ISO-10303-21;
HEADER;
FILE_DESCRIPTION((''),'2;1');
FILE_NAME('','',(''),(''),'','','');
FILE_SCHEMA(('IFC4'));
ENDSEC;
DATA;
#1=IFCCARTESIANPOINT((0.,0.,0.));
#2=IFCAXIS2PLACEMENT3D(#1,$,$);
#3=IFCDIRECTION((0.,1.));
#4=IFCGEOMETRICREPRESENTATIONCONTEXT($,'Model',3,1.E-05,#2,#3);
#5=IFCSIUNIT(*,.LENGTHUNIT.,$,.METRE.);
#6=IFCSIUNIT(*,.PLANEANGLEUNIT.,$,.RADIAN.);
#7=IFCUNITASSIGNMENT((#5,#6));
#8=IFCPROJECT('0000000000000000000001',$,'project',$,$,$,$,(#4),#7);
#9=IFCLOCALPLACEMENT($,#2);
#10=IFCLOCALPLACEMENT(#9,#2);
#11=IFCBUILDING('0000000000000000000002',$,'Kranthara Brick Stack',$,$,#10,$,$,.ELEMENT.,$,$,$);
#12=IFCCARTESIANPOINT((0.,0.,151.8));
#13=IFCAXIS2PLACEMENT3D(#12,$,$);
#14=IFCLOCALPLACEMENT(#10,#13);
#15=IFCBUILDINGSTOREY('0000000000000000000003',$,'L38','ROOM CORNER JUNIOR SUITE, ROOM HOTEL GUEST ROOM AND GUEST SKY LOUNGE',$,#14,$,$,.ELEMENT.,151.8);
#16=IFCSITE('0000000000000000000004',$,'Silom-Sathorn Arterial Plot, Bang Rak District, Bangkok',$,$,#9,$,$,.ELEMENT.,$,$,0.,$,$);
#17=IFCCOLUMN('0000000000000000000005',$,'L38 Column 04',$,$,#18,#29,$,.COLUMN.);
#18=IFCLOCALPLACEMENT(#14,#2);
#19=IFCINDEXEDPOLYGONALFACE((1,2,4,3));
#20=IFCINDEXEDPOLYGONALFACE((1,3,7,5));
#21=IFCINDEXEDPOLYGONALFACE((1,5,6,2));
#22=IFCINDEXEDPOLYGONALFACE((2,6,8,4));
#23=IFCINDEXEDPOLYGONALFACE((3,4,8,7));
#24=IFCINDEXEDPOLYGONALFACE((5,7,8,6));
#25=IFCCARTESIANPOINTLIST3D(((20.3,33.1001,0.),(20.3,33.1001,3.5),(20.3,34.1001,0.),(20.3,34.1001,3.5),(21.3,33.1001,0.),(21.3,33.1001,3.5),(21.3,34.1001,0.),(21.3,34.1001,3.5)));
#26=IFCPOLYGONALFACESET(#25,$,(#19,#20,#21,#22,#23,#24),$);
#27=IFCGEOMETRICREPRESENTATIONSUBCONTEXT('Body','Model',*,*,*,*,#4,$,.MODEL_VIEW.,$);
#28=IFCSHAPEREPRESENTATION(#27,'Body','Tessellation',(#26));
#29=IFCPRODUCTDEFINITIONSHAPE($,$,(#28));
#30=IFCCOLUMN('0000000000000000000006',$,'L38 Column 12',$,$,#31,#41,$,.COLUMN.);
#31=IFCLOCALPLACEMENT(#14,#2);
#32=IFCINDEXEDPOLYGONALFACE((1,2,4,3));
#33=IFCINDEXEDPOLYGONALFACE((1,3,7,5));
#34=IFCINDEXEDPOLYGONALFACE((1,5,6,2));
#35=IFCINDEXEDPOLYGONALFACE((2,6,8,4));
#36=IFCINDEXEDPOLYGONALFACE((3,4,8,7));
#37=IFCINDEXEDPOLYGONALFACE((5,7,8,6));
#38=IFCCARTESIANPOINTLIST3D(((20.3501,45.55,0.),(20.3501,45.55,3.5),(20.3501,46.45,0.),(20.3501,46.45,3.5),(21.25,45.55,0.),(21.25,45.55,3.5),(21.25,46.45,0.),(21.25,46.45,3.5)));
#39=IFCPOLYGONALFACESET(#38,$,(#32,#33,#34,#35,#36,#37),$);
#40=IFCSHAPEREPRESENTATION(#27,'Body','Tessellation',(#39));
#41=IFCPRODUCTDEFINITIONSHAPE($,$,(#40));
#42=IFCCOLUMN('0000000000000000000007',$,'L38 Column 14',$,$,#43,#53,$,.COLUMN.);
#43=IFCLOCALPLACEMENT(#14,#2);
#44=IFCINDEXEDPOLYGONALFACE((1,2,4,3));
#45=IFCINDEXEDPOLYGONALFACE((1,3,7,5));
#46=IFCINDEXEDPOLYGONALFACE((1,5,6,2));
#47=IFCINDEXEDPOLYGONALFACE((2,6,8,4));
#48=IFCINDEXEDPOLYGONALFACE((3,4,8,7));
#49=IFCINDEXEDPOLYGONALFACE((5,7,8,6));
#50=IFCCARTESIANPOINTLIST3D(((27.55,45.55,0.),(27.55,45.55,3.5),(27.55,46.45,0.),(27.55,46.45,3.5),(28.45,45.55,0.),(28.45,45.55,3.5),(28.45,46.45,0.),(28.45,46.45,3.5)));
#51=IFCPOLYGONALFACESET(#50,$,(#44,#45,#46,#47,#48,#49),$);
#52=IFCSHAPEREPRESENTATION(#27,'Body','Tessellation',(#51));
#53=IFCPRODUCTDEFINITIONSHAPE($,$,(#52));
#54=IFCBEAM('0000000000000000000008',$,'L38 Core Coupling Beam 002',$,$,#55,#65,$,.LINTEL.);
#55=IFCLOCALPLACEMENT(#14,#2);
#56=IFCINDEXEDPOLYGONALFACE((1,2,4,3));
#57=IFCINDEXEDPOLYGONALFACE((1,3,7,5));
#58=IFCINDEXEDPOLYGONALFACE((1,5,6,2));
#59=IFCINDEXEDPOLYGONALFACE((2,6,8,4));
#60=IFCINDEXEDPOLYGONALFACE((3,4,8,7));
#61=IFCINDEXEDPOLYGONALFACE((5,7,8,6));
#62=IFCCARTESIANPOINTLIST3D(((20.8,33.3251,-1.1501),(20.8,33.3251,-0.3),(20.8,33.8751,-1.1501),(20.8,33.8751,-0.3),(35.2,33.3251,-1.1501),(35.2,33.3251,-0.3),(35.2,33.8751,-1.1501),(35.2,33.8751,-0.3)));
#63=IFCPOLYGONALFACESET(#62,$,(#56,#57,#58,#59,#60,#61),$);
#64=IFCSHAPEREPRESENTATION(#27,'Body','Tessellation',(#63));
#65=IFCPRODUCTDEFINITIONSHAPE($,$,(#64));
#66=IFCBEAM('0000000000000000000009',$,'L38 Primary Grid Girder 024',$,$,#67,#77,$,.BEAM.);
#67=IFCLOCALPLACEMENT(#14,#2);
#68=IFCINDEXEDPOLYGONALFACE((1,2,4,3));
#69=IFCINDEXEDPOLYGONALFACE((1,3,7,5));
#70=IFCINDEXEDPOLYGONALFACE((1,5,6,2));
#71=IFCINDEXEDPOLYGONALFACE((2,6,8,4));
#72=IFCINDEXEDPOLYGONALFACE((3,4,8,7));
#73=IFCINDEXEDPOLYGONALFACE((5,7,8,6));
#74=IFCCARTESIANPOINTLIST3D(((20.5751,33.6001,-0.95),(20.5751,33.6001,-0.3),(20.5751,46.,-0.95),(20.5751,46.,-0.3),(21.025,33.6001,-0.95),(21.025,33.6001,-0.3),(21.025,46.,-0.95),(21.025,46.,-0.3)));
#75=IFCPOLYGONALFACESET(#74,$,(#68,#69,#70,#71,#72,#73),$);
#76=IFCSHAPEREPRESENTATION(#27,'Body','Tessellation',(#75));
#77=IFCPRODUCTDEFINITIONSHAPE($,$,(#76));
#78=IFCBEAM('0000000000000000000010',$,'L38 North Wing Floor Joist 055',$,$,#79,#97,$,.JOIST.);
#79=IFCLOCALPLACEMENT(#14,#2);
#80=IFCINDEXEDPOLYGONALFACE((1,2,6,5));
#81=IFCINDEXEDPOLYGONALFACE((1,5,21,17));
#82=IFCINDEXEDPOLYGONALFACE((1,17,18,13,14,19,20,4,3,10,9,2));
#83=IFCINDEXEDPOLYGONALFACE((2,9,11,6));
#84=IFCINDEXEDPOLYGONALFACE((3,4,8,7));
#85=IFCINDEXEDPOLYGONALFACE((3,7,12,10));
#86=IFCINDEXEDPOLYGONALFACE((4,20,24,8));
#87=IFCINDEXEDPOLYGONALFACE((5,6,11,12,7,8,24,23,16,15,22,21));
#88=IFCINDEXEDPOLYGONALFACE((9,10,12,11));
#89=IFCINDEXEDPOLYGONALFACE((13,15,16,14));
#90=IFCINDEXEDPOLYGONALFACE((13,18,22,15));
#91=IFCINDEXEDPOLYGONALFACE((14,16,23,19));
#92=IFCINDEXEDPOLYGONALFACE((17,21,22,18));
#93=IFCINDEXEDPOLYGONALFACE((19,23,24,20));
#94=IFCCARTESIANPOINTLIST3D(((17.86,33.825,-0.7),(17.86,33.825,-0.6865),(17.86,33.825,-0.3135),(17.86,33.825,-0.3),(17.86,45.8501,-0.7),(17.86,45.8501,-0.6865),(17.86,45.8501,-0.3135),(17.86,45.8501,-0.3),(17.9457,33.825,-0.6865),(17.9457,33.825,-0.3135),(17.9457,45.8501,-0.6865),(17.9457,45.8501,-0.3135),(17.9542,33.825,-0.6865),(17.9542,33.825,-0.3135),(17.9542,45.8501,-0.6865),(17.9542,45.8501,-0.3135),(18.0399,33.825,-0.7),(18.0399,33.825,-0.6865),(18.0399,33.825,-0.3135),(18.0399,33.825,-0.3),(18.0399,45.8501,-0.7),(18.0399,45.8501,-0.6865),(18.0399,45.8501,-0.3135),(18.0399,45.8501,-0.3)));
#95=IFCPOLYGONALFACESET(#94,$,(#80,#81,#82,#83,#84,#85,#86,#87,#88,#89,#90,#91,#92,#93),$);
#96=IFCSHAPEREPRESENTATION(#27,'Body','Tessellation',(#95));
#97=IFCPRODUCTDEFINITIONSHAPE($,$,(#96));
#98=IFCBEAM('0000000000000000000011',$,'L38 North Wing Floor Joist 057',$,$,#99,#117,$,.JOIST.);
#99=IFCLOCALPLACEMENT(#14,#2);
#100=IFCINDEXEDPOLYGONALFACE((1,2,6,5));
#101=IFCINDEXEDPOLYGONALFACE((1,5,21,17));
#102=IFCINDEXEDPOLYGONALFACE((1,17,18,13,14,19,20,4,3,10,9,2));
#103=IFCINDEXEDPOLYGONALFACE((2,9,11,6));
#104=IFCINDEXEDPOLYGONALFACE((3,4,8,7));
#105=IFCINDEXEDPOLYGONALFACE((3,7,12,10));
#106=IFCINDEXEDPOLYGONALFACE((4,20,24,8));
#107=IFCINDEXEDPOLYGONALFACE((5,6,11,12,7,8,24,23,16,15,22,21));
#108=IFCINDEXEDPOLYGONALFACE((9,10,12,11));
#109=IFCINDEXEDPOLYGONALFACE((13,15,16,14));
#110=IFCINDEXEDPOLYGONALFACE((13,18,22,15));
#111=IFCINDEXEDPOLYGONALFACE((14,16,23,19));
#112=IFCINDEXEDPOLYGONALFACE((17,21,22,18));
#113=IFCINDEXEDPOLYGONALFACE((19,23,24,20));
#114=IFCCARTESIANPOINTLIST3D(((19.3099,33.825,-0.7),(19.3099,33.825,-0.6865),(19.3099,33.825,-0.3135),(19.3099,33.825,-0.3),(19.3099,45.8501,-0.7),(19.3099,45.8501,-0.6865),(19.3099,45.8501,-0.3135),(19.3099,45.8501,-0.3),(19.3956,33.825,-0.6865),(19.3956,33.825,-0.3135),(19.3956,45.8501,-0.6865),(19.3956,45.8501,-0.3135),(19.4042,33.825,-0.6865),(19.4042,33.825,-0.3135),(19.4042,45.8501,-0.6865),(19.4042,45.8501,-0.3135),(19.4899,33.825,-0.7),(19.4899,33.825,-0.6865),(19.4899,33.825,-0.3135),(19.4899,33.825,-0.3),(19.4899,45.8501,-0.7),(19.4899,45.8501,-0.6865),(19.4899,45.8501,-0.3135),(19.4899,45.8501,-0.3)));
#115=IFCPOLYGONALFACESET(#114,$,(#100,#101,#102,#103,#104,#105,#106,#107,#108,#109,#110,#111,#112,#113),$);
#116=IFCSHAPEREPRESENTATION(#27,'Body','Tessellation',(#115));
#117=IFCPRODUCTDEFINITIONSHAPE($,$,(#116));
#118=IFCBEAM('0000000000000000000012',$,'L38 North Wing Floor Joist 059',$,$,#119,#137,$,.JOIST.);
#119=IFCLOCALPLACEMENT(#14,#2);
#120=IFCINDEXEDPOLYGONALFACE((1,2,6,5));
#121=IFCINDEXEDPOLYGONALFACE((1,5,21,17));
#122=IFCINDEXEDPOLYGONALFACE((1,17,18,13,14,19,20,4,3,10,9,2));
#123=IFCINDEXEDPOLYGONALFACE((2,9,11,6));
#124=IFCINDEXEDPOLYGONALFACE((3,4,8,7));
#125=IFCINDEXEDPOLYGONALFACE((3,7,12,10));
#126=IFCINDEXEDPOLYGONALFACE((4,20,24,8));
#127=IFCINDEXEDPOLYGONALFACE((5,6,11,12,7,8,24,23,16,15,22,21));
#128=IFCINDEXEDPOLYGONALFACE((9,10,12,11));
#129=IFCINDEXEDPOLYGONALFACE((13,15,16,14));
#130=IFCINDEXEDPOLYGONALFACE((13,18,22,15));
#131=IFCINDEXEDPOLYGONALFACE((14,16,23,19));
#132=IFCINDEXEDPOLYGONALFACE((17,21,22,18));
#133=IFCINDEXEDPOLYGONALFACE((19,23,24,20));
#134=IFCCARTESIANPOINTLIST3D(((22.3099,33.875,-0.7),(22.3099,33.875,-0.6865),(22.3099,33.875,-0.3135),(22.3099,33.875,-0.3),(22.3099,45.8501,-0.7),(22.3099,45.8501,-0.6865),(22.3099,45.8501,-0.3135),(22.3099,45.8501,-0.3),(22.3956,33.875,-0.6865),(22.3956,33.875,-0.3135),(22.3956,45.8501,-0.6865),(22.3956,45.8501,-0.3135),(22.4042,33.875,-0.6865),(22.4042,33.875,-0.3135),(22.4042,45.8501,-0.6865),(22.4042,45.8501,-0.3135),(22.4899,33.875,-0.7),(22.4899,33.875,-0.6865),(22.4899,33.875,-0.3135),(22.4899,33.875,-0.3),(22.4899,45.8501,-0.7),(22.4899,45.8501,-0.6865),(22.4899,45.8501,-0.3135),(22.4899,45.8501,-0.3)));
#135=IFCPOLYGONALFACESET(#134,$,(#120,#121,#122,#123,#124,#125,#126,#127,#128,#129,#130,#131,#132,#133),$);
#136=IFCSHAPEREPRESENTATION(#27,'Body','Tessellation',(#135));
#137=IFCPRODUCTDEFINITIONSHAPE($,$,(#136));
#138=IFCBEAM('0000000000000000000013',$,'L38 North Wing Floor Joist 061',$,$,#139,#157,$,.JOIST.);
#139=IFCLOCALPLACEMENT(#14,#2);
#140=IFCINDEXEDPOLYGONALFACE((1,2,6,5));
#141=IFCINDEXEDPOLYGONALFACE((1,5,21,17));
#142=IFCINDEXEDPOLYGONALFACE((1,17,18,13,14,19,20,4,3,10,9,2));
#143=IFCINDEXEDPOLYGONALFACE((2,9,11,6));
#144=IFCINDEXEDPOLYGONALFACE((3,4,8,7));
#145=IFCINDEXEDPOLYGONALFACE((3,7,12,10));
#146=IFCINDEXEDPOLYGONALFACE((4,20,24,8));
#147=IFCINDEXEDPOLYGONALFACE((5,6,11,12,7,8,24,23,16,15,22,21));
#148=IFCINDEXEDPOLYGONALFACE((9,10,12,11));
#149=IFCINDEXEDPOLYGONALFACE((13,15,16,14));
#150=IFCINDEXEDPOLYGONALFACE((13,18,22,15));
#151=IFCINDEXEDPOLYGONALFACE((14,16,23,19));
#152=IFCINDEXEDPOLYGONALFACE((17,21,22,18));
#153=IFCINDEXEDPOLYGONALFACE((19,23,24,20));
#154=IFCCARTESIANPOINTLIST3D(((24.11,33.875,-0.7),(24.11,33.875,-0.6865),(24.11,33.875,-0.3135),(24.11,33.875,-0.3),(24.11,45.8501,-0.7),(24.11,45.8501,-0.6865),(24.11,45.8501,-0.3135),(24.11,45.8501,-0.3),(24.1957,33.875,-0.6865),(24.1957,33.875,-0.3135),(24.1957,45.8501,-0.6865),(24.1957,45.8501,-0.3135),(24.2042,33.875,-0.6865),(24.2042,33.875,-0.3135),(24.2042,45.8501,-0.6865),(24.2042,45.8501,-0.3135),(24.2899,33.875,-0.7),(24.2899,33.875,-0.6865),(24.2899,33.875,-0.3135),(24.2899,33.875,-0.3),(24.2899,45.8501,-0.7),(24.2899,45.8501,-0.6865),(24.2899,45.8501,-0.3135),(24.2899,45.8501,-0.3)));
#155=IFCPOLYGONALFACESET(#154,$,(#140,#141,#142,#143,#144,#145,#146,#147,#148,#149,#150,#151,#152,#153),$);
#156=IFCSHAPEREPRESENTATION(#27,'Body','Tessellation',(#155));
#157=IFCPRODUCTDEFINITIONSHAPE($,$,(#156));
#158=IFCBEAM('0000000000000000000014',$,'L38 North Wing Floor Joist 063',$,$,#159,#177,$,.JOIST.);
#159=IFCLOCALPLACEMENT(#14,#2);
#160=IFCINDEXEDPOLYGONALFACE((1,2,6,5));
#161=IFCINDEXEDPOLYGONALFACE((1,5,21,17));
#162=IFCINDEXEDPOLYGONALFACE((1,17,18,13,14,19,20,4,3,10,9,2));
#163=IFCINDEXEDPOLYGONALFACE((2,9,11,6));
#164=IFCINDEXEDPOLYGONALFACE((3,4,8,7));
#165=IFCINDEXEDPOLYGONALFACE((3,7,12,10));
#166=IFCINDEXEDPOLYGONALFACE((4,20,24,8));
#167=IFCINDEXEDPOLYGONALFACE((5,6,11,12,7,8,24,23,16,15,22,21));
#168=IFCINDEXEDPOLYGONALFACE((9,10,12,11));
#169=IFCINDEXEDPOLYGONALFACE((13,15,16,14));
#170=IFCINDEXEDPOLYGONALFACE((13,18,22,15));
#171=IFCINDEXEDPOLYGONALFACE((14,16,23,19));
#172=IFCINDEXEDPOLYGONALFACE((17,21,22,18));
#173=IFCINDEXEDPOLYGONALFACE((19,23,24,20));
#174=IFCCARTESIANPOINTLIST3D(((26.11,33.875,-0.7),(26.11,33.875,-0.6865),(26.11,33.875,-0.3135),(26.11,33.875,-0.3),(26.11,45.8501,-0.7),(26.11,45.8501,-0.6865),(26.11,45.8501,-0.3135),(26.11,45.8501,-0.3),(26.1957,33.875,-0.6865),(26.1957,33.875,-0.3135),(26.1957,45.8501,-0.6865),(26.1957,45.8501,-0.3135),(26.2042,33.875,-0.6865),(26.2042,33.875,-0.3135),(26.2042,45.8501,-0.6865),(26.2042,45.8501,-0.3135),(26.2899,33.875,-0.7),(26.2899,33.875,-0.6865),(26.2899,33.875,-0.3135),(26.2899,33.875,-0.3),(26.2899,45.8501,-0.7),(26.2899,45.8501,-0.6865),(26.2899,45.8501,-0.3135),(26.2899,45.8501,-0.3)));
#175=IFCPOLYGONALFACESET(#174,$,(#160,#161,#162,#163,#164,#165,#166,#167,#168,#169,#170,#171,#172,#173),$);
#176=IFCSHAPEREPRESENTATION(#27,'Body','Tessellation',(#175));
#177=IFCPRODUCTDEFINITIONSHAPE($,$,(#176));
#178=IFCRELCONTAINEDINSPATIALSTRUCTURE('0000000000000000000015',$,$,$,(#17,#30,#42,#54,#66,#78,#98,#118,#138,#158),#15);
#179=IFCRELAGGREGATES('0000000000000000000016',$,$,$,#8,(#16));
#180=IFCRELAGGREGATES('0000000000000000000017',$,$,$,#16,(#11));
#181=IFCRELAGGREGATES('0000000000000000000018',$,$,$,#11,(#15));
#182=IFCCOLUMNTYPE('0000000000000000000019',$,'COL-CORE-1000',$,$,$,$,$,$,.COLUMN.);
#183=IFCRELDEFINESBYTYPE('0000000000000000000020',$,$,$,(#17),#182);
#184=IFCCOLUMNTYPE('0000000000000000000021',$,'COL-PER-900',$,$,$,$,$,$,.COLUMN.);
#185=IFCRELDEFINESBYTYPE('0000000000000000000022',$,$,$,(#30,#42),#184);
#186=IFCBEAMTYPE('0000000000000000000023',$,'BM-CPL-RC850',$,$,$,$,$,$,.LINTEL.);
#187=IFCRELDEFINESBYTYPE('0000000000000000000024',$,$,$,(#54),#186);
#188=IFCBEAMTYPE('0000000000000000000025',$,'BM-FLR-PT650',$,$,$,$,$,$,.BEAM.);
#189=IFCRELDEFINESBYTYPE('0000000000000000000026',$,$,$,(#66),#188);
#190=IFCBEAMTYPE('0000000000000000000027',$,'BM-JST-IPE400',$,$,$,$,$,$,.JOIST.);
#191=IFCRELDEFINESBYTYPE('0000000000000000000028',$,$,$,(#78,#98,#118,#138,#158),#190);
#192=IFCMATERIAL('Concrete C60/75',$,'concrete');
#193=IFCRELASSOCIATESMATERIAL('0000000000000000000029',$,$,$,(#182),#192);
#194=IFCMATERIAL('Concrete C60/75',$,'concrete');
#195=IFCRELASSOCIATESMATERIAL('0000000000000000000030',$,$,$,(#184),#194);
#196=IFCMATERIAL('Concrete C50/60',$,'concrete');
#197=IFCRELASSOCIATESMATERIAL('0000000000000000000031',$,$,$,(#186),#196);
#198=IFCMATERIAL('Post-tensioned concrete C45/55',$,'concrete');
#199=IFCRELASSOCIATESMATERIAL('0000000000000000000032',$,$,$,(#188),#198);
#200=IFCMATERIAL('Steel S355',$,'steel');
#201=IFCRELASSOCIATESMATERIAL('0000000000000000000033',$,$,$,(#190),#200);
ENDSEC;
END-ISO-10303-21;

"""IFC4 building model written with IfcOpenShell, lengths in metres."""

from ifc_helpers import new_model, si_unit, direction, frame, origin, origin_2d, place, context, subcontext, project, spatial, rectangle, i_section, extrude, material, material_profile, profile_set, type_object, element, save


model = new_model("IFC4")

# Units and contexts
model_context = context("Model", 3, precision=1e-05, world=origin(), true_north=direction((0.0, 1.0)))
body_context = subcontext(model_context, "Body", "Model", "MODEL_VIEW")
ifc_project = project(units=[si_unit("LENGTHUNIT", "METRE"), si_unit("PLANEANGLEUNIT", "RADIAN")], contexts=[model_context])

# Site, building, storey
site_placement = place(None, origin())
site = spatial("IfcSite", under=ifc_project, at=site_placement, Name="Silom-Sathorn Arterial Plot, Bang Rak District, Bangkok", CompositionType="ELEMENT", RefElevation=0.0)
building_placement = place(site_placement, origin())
building = spatial("IfcBuilding", under=site, at=building_placement, Name="Kranthara Brick Stack", CompositionType="ELEMENT")
storey_placement = place(building_placement, frame((0.0, 0.0, 151.8)))
storey = spatial("IfcBuildingStorey", under=building, at=storey_placement, Name="L38", Description="ROOM CORNER JUNIOR SUITE, ROOM HOTEL GUEST ROOM AND GUEST SKY LOUNGE", CompositionType="ELEMENT", Elevation=151.8)

# Columns
ifc_material_1 = material(Name="Concrete C60/75", Category="concrete")
ifc_material_profile_1 = material_profile(ifc_material_1, rectangle(XDim=1.0, YDim=1.0, at=origin_2d()), Name="RC 1000x1000")
ifc_profile_set_1 = profile_set([ifc_material_profile_1], Name="Concrete C60/75")
column_type_1 = type_object("IfcColumnType", Name="COL-CORE-1000", PredefinedType="COLUMN", material=ifc_profile_set_1)
column_placement = place(storey_placement, frame((20.8, 33.6001, 0.0), z_axis=(0.0, 0.0, 1.0), x_axis=(1.0, 0.0, 0.0)))
element("IfcColumn", 1, at=column_placement, inside=storey, type_object=column_type_1, Name="L38 Column 04", PredefinedType="COLUMN", context=body_context, shape_type="SweptSolid", body=[
    extrude(rectangle(XDim=1.0, YDim=1.0, at=origin_2d()), origin(), (0.0, 0.0, 1.0), 3.5),
])
ifc_material_2 = material(Name="Concrete C60/75", Category="concrete")
ifc_material_profile_2 = material_profile(ifc_material_2, rectangle(XDim=0.8999, YDim=0.8999, at=origin_2d()), Name="RC 900x900")
ifc_profile_set_2 = profile_set([ifc_material_profile_2], Name="Concrete C60/75")
column_type_2 = type_object("IfcColumnType", Name="COL-PER-900", PredefinedType="COLUMN", material=ifc_profile_set_2)
for number, where, z_axis, x_axis, name in (
    (2, (20.8, 46.0, 0.0), (0.0, 0.0, 1.0), (1.0, 0.0, 0.0), "L38 Column 12"),
    (3, (28.0, 46.0, 0.0), (0.0, 0.0, 1.0), (1.0, 0.0, 0.0), "L38 Column 14"),
):
    element("IfcColumn", number, at=place(storey_placement, frame(where, z_axis=z_axis, x_axis=x_axis)), inside=storey, type_object=column_type_2, Name=name, PredefinedType="COLUMN", context=body_context, shape_type="SweptSolid", body=[
        extrude(rectangle(XDim=0.8999, YDim=0.8999, at=origin_2d()), origin(), (0.0, 0.0, 1.0), 3.5),
    ])

# Beams
ifc_material_3 = material(Name="Concrete C50/60", Category="concrete")
ifc_material_profile_3 = material_profile(ifc_material_3, rectangle(XDim=0.55, YDim=0.8501, at=origin_2d()), Name="RC 550x850")
ifc_profile_set_3 = profile_set([ifc_material_profile_3], Name="Concrete C50/60")
beam_type_1 = type_object("IfcBeamType", Name="BM-CPL-RC850", PredefinedType="LINTEL", material=ifc_profile_set_3)
beam_1_placement = place(storey_placement, frame((20.8, 33.6001, -0.7251), z_axis=(1.0, 0.0, 0.0), x_axis=(0.0, 1.0, 0.0)))
element("IfcBeam", 4, at=beam_1_placement, inside=storey, type_object=beam_type_1, Name="L38 Core Coupling Beam 002", PredefinedType="LINTEL", context=body_context, shape_type="SweptSolid", body=[
    extrude(rectangle(XDim=0.55, YDim=0.8501, at=origin_2d()), origin(), (0.0, 0.0, 1.0), 14.3999),
])
ifc_material_4 = material(Name="Post-tensioned concrete C45/55", Category="concrete")
ifc_material_profile_4 = material_profile(ifc_material_4, rectangle(XDim=0.45, YDim=0.6499, at=origin_2d()), Name="PT 450x650")
ifc_profile_set_4 = profile_set([ifc_material_profile_4], Name="Post-tensioned concrete C45/55")
beam_type_2 = type_object("IfcBeamType", Name="BM-FLR-PT650", PredefinedType="BEAM", material=ifc_profile_set_4)
beam_2_placement = place(storey_placement, frame((20.8, 33.6001, -0.625), z_axis=(0.0, 1.0, 0.0), x_axis=(-1.0, 0.0, 0.0)))
element("IfcBeam", 5, at=beam_2_placement, inside=storey, type_object=beam_type_2, Name="L38 Primary Grid Girder 024", PredefinedType="BEAM", context=body_context, shape_type="SweptSolid", body=[
    extrude(rectangle(XDim=0.45, YDim=0.6499, at=origin_2d()), origin(), (0.0, 0.0, 1.0), 12.3999),
])
ifc_material_5 = material(Name="Steel S355", Category="steel")
ifc_material_profile_5 = material_profile(ifc_material_5, i_section(OverallWidth=0.1799, OverallDepth=0.3999, WebThickness=0.0085, FlangeThickness=0.0134, at=origin_2d()), Name="IPE 400")
ifc_profile_set_5 = profile_set([ifc_material_profile_5], Name="Steel S355")
beam_type_3 = type_object("IfcBeamType", Name="BM-JST-IPE400", PredefinedType="JOIST", material=ifc_profile_set_5)
for number, where, z_axis, x_axis, name in (
    (6, (17.95, 33.825, -0.5), (0.0, 1.0, 0.0), (-1.0, 0.0, 0.0), "L38 North Wing Floor Joist 055"),
    (7, (19.3999, 33.825, -0.5), (0.0, 1.0, 0.0), (-1.0, 0.0, 0.0), "L38 North Wing Floor Joist 057"),
):
    element("IfcBeam", number, at=place(storey_placement, frame(where, z_axis=z_axis, x_axis=x_axis)), inside=storey, type_object=beam_type_3, Name=name, PredefinedType="JOIST", context=body_context, shape_type="SweptSolid", body=[
        extrude(i_section(OverallWidth=0.1799, OverallDepth=0.3999, WebThickness=0.0085, FlangeThickness=0.0134, at=origin_2d()), origin(), (0.0, 0.0, 1.0), 12.0251),
    ])
for number, where, z_axis, x_axis, name in (
    (8, (22.3999, 33.875, -0.5), (0.0, 1.0, 0.0), (-1.0, 0.0, 0.0), "L38 North Wing Floor Joist 059"),
    (9, (24.2, 33.875, -0.5), (0.0, 1.0, 0.0), (-1.0, 0.0, 0.0), "L38 North Wing Floor Joist 061"),
    (10, (26.2, 33.875, -0.5), (0.0, 1.0, 0.0), (-1.0, 0.0, 0.0), "L38 North Wing Floor Joist 063"),
):
    element("IfcBeam", number, at=place(storey_placement, frame(where, z_axis=z_axis, x_axis=x_axis)), inside=storey, type_object=beam_type_3, Name=name, PredefinedType="JOIST", context=body_context, shape_type="SweptSolid", body=[
        extrude(i_section(OverallWidth=0.1799, OverallDepth=0.3999, WebThickness=0.0085, FlangeThickness=0.0134, at=origin_2d()), origin(), (0.0, 0.0, 1.0), 11.9751),
    ])

save(model, "model.ifc")
